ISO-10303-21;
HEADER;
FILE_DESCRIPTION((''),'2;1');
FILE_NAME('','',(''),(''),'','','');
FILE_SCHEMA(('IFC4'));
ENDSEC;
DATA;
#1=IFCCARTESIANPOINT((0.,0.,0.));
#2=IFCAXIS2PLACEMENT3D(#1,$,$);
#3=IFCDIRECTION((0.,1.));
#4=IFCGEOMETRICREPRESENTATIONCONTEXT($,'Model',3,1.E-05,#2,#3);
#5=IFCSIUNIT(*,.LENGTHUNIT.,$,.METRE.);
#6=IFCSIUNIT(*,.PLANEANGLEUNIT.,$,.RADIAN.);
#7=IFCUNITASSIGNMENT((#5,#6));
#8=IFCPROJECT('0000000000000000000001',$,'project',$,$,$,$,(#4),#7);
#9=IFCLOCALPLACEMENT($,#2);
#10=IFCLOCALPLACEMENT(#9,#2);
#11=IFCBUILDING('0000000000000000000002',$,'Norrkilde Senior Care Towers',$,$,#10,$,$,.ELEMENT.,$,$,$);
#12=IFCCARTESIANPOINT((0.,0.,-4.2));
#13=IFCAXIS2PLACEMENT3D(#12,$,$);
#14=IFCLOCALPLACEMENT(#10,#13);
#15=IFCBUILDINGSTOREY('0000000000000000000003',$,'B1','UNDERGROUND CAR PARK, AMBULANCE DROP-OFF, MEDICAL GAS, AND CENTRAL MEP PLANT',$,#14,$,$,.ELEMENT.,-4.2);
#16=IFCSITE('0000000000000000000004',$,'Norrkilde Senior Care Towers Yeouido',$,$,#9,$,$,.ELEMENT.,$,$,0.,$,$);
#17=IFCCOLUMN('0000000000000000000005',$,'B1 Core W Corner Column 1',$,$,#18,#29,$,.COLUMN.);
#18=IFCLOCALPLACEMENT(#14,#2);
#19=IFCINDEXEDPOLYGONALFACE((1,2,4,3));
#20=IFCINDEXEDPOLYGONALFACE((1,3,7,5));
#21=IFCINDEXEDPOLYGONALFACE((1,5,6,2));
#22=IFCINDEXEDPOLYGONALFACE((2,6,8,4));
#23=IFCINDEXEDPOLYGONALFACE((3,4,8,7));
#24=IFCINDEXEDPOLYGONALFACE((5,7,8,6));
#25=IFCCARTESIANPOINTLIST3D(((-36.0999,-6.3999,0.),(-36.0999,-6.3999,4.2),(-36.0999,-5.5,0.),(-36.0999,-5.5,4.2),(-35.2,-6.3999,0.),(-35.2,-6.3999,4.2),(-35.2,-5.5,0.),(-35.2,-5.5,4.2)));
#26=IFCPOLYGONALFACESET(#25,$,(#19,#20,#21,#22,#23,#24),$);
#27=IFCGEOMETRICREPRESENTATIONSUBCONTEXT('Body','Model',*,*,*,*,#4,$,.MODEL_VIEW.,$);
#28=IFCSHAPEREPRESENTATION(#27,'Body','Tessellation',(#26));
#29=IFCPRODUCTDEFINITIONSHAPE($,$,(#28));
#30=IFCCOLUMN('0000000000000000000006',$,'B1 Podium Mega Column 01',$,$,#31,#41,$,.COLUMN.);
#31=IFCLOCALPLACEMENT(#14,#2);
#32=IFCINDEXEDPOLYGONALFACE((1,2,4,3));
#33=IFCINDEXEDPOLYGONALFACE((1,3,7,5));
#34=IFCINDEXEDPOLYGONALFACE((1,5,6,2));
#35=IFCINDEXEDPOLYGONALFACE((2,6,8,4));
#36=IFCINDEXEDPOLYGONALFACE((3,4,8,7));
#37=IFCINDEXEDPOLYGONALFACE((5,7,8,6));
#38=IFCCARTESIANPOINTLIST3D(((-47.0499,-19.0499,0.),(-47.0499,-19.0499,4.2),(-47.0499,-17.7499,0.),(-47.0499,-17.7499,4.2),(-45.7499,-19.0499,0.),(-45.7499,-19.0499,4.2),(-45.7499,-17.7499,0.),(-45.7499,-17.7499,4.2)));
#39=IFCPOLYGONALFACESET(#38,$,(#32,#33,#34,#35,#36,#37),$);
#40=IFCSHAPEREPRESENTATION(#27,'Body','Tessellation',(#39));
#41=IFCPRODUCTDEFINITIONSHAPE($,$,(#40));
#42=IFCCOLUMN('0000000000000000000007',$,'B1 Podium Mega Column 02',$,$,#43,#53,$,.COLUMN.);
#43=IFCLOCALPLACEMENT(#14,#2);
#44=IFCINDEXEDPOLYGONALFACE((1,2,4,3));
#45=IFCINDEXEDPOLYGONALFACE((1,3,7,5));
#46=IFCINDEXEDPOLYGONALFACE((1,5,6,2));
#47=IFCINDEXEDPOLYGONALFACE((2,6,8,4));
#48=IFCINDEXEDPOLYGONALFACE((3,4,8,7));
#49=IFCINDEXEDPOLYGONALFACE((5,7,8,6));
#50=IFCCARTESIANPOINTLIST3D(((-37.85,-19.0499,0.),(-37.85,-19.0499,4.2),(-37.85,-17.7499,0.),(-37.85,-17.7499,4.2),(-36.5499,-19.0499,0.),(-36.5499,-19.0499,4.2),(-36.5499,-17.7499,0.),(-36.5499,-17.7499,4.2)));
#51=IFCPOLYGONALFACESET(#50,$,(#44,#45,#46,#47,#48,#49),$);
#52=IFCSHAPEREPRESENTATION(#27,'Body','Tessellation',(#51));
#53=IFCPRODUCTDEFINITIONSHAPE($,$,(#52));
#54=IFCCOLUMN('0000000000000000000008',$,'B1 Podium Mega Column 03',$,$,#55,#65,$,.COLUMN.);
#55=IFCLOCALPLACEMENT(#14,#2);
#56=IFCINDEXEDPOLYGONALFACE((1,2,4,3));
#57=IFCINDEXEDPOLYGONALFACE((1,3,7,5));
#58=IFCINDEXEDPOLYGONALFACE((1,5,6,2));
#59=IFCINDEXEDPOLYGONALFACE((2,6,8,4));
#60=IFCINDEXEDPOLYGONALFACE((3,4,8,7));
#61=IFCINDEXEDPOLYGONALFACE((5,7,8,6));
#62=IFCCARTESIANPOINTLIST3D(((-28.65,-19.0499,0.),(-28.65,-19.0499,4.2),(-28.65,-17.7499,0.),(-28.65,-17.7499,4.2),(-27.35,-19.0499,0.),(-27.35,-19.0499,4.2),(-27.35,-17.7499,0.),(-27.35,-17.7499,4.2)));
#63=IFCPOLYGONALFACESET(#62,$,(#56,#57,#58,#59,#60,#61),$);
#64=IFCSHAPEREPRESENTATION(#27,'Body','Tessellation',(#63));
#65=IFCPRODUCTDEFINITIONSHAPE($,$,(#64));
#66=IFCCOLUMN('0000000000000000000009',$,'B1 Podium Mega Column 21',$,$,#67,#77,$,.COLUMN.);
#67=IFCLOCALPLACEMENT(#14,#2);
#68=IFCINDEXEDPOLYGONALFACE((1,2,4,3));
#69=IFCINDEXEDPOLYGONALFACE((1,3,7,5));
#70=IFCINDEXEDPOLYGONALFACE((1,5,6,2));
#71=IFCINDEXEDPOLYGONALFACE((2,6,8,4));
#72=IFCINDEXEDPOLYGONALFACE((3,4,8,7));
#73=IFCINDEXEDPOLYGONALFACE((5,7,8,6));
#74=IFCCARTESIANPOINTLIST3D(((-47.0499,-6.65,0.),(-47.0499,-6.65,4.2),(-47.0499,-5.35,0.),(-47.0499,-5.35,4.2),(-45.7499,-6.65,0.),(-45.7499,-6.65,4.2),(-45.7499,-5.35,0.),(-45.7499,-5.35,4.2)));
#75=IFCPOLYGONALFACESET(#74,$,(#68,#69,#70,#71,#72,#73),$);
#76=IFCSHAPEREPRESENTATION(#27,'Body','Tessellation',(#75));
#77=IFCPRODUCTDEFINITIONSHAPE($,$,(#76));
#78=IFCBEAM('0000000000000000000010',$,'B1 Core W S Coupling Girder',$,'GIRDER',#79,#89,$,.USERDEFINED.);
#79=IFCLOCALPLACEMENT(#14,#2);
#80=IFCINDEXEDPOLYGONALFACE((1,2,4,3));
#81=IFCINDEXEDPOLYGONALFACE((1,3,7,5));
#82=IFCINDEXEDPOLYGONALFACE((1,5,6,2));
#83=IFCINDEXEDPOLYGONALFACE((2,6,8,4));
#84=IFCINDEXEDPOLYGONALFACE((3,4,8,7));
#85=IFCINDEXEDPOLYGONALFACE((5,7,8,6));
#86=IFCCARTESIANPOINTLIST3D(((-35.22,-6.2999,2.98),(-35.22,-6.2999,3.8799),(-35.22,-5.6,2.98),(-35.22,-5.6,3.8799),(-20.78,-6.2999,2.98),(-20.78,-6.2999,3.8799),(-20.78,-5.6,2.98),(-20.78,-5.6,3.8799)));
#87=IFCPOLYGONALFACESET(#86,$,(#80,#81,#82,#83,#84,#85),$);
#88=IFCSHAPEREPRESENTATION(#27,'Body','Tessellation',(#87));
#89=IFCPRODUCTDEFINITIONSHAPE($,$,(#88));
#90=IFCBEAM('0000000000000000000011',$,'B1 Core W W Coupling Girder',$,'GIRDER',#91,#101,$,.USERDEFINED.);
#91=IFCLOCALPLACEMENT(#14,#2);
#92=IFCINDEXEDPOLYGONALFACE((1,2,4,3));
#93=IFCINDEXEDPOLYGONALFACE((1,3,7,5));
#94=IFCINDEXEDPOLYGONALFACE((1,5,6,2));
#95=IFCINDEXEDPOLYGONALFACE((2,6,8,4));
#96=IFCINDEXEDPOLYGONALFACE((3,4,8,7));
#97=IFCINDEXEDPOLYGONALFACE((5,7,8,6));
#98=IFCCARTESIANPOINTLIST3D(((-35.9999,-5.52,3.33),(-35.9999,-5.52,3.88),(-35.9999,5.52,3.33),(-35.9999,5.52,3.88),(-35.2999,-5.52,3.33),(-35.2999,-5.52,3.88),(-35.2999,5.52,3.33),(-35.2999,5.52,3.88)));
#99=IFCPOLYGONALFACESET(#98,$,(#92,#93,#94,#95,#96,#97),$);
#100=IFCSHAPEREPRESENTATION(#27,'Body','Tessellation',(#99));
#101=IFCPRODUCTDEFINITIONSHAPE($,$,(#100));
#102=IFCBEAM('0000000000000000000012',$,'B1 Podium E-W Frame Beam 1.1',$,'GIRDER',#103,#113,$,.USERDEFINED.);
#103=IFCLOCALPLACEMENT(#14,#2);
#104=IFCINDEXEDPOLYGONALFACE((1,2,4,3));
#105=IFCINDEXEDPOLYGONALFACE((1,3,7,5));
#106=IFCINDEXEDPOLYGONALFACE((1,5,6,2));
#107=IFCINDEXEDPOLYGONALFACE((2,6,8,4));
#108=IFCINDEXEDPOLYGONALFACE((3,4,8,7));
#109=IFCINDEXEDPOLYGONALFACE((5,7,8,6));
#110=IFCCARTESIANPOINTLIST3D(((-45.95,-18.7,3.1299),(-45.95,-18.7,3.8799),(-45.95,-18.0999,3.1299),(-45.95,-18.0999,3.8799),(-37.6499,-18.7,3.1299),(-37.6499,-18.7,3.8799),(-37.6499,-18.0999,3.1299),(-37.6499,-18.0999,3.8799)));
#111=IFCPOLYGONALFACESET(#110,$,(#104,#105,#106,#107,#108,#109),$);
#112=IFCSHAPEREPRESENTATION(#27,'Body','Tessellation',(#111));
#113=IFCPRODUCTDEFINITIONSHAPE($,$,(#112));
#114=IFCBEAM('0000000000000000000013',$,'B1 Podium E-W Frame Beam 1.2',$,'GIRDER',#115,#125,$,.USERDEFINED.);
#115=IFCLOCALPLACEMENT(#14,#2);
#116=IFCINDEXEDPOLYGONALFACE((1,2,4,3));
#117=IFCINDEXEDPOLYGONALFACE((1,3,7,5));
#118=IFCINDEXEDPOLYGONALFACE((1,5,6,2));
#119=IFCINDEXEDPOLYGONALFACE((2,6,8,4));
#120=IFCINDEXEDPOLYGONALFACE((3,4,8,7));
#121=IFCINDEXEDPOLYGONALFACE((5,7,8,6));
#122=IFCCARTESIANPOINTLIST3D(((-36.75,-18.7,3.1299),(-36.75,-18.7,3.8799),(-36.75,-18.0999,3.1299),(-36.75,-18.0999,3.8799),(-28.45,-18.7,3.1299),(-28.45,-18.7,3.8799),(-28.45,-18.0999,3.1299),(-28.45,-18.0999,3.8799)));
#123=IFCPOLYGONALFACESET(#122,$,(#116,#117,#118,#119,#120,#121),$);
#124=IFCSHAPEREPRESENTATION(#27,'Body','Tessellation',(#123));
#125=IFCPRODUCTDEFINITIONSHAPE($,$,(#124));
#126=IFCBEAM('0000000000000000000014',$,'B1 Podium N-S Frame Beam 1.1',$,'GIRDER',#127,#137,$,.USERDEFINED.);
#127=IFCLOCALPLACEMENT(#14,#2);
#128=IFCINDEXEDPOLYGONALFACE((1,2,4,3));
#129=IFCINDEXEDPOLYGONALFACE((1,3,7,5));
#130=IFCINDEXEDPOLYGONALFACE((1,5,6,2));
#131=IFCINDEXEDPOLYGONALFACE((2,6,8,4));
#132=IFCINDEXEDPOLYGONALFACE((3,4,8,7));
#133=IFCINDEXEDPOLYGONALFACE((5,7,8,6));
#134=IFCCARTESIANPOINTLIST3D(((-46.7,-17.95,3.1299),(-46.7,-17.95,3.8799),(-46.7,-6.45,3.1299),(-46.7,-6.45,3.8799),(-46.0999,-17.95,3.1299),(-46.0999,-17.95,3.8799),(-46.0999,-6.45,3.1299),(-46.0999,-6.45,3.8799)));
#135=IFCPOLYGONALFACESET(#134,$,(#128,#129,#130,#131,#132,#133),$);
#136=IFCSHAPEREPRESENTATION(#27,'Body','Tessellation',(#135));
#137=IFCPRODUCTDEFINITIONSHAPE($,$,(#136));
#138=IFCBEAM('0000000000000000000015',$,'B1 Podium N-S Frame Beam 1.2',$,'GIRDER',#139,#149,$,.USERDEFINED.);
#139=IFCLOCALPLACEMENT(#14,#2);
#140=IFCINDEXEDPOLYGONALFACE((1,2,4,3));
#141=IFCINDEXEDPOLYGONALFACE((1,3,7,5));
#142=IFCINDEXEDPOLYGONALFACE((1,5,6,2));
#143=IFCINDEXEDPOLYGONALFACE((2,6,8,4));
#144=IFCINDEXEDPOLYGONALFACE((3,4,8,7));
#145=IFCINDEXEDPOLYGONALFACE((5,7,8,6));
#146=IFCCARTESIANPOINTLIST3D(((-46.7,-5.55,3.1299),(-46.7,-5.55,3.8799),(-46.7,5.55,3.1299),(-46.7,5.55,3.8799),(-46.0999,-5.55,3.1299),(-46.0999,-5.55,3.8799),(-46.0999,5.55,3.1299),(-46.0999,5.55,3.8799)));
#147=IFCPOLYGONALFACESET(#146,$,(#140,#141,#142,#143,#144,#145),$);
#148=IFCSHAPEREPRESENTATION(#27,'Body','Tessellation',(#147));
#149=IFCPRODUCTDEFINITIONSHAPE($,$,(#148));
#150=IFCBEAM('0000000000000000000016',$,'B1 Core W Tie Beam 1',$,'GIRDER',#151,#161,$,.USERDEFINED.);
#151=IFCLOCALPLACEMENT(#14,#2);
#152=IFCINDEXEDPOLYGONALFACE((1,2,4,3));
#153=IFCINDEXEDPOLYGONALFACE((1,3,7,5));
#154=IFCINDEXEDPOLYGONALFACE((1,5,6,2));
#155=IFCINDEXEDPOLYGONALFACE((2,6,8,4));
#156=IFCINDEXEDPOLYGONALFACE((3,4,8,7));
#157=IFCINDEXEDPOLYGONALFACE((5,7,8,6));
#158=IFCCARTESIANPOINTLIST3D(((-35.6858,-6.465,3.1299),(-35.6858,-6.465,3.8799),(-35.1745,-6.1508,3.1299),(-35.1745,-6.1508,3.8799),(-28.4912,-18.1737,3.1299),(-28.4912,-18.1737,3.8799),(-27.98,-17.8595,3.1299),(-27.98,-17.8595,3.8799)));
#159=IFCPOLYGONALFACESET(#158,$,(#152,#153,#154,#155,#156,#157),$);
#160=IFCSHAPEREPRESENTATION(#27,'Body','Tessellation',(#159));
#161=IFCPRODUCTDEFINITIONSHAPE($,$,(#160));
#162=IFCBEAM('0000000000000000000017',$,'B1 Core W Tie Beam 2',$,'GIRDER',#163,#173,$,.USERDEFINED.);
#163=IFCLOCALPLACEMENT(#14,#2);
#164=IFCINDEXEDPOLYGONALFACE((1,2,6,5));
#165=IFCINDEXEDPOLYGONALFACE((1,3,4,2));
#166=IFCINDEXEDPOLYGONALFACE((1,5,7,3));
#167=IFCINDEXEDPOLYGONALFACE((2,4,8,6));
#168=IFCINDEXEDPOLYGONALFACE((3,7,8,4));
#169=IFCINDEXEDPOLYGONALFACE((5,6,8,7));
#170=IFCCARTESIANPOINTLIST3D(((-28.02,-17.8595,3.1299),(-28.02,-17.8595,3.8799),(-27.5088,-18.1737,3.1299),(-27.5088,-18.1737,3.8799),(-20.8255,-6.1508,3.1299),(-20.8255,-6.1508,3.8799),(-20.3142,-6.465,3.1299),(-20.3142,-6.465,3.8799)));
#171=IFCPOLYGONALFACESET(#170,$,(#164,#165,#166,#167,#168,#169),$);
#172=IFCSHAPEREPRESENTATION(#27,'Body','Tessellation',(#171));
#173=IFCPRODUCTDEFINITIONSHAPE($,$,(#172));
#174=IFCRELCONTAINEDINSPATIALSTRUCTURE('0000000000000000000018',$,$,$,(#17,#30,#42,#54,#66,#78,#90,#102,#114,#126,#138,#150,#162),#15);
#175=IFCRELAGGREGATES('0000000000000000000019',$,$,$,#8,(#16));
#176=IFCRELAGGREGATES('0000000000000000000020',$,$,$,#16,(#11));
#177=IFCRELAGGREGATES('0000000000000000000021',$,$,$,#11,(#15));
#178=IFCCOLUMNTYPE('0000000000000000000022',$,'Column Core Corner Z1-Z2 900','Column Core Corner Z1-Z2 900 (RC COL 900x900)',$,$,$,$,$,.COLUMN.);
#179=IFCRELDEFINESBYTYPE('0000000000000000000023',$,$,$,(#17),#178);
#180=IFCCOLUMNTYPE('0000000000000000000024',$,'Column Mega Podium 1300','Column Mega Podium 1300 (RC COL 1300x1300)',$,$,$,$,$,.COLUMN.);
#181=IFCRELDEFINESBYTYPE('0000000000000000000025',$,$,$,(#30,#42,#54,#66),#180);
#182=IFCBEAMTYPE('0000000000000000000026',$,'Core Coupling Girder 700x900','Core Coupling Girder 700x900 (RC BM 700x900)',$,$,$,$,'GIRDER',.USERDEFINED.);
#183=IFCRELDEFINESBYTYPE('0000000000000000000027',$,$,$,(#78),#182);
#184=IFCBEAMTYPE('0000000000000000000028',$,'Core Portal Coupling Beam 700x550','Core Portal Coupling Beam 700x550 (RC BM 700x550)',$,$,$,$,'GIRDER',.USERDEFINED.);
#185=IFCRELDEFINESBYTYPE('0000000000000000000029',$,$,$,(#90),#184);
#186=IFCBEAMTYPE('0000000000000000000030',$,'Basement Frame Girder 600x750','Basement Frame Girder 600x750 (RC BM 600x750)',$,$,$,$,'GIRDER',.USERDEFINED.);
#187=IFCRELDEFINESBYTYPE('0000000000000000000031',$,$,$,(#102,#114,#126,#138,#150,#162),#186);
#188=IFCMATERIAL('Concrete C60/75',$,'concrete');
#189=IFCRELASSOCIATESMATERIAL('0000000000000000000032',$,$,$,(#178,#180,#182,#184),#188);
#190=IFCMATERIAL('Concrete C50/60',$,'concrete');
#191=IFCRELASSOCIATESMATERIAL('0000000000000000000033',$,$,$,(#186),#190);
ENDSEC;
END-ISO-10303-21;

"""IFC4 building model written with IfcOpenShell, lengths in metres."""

from ifc_helpers import new_model, si_unit, direction, frame, origin, origin_2d, place, context, subcontext, project, spatial, rectangle, extrude, source, transform, mapped, material, material_profile, profile_set, type_object, type_shapes, element, save


model = new_model("IFC4")

# Units and contexts
model_context = context("Model", 3, precision=1e-05, world=origin(), true_north=direction((0.0, 1.0)))
body_context = subcontext(model_context, "Body", "Model", "MODEL_VIEW")
ifc_project = project(units=[si_unit("LENGTHUNIT", "METRE"), si_unit("PLANEANGLEUNIT", "RADIAN")], contexts=[model_context])

# Site, building, storey
site_placement = place(None, origin())
site = spatial("IfcSite", under=ifc_project, at=site_placement, Name="Norrkilde Senior Care Towers Yeouido", CompositionType="ELEMENT", RefElevation=0.0)
building_placement = place(site_placement, origin())
building = spatial("IfcBuilding", under=site, at=building_placement, Name="Norrkilde Senior Care Towers", CompositionType="ELEMENT")
storey_placement = place(building_placement, frame((0.0, 0.0, -4.2)))
storey = spatial("IfcBuildingStorey", under=building, at=storey_placement, Name="B1", Description="UNDERGROUND CAR PARK, AMBULANCE DROP-OFF, MEDICAL GAS, AND CENTRAL MEP PLANT", CompositionType="ELEMENT", Elevation=-4.2)

# Columns
ifc_material_1 = material(Name="Concrete C60/75", Category="concrete")
ifc_material_profile_1 = material_profile(ifc_material_1, rectangle(XDim=0.8999, YDim=0.8999, at=origin_2d()), Name="RC COL 900x900")
ifc_profile_set_1 = profile_set([ifc_material_profile_1], Name="Concrete C60/75")
column_type_1 = type_object("IfcColumnType", Name="Column Core Corner Z1-Z2 900", Description="Column Core Corner Z1-Z2 900 (RC COL 900x900)", PredefinedType="COLUMN", material=ifc_profile_set_1)
shared_shape_1 = source(origin(), body_context, "Body", "SweptSolid", [
    extrude(rectangle(XDim=0.8999, YDim=0.8999, at=origin_2d()), origin(), (0.0, 0.0, 1.0), 4.2),
])
type_shapes(column_type_1, [shared_shape_1])
column_placement = place(storey_placement, frame((-35.6499, -5.95, 0.0), z_axis=(0.0, 0.0, 1.0), x_axis=(1.0, 0.0, 0.0)))
element("IfcColumn", 1, at=column_placement, inside=storey, type_object=column_type_1, Name="B1 Core W Corner Column 1", PredefinedType="COLUMN", context=body_context, shape_type="MappedRepresentation", body=[
    mapped(shared_shape_1, transform((0.0, 0.0, 0.0), x_axis=(1.0, 0.0, 0.0), y_axis=(0.0, 1.0, 0.0), z_axis=(0.0, 0.0, 1.0), scale=1.0)),
])
ifc_material_profile_2 = material_profile(ifc_material_1, rectangle(XDim=1.3, YDim=1.3, at=origin_2d()), Name="RC COL 1300x1300")
ifc_profile_set_2 = profile_set([ifc_material_profile_2], Name="Concrete C60/75")
column_type_2 = type_object("IfcColumnType", Name="Column Mega Podium 1300", Description="Column Mega Podium 1300 (RC COL 1300x1300)", PredefinedType="COLUMN", material=ifc_profile_set_2)
shared_shape_2 = source(origin(), body_context, "Body", "SweptSolid", [
    extrude(rectangle(XDim=1.3, YDim=1.3, at=origin_2d()), origin(), (0.0, 0.0, 1.0), 4.2),
])
type_shapes(column_type_2, [shared_shape_2])
for number, where, z_axis, x_axis, name in (
    (2, (-46.3999, -18.3999, 0.0), (0.0, 0.0, 1.0), (1.0, 0.0, 0.0), "B1 Podium Mega Column 01"),
    (3, (-37.2, -18.3999, 0.0), (0.0, 0.0, 1.0), (1.0, 0.0, 0.0), "B1 Podium Mega Column 02"),
    (4, (-28.0, -18.3999, 0.0), (0.0, 0.0, 1.0), (1.0, 0.0, 0.0), "B1 Podium Mega Column 03"),
    (5, (-46.3999, -6.0, 0.0), (0.0, 0.0, 1.0), (1.0, 0.0, 0.0), "B1 Podium Mega Column 21"),
):
    element("IfcColumn", number, at=place(storey_placement, frame(where, z_axis=z_axis, x_axis=x_axis)), inside=storey, type_object=column_type_2, Name=name, PredefinedType="COLUMN", context=body_context, shape_type="MappedRepresentation", body=[
        mapped(shared_shape_2, transform((0.0, 0.0, 0.0), x_axis=(1.0, 0.0, 0.0), y_axis=(0.0, 1.0, 0.0), z_axis=(0.0, 0.0, 1.0), scale=1.0)),
    ])

# Beams
ifc_material_profile_3 = material_profile(ifc_material_1, rectangle(XDim=0.7, YDim=0.8999, at=origin_2d()), Name="RC BM 700x900")
ifc_profile_set_3 = profile_set([ifc_material_profile_3], Name="Concrete C60/75")
beam_type_1 = type_object("IfcBeamType", Name="Core Coupling Girder 700x900", Description="Core Coupling Girder 700x900 (RC BM 700x900)", ElementType="GIRDER", PredefinedType="USERDEFINED", material=ifc_profile_set_3)
shared_shape_3 = source(origin(), body_context, "Body", "SweptSolid", [
    extrude(rectangle(XDim=0.7, YDim=0.8999, at=origin_2d()), origin(), (0.0, 0.0, 1.0), 14.4399),
])
type_shapes(beam_type_1, [shared_shape_3])
beam_1_placement = place(storey_placement, frame((-35.22, -5.95, 3.4299), z_axis=(1.0, 0.0, 0.0), x_axis=(0.0, 1.0, 0.0)))
element("IfcBeam", 6, at=beam_1_placement, inside=storey, type_object=beam_type_1, Name="B1 Core W S Coupling Girder", ObjectType="GIRDER", PredefinedType="USERDEFINED", context=body_context, shape_type="MappedRepresentation", body=[
    mapped(shared_shape_3, transform((0.0, 0.0, 0.0), x_axis=(1.0, 0.0, 0.0), y_axis=(0.0, 1.0, 0.0), z_axis=(0.0, 0.0, 1.0), scale=1.0)),
])
ifc_material_profile_4 = material_profile(ifc_material_1, rectangle(XDim=0.7, YDim=0.55, at=origin_2d()), Name="RC BM 700x550")
ifc_profile_set_4 = profile_set([ifc_material_profile_4], Name="Concrete C60/75")
beam_type_2 = type_object("IfcBeamType", Name="Core Portal Coupling Beam 700x550", Description="Core Portal Coupling Beam 700x550 (RC BM 700x550)", ElementType="GIRDER", PredefinedType="USERDEFINED", material=ifc_profile_set_4)
shared_shape_4 = source(origin(), body_context, "Body", "SweptSolid", [
    extrude(rectangle(XDim=0.7, YDim=0.55, at=origin_2d()), origin(), (0.0, 0.0, 1.0), 11.04),
])
type_shapes(beam_type_2, [shared_shape_4])
beam_2_placement = place(storey_placement, frame((-35.6499, -5.52, 3.605), z_axis=(0.0, 1.0, 0.0), x_axis=(-1.0, 0.0, 0.0)))
element("IfcBeam", 7, at=beam_2_placement, inside=storey, type_object=beam_type_2, Name="B1 Core W W Coupling Girder", ObjectType="GIRDER", PredefinedType="USERDEFINED", context=body_context, shape_type="MappedRepresentation", body=[
    mapped(shared_shape_4, transform((0.0, 0.0, 0.0), x_axis=(1.0, 0.0, 0.0), y_axis=(0.0, 1.0, 0.0), z_axis=(0.0, 0.0, 1.0), scale=1.0)),
])
ifc_material_2 = material(Name="Concrete C50/60", Category="concrete")
ifc_material_profile_5 = material_profile(ifc_material_2, rectangle(XDim=0.6001, YDim=0.75, at=origin_2d()), Name="RC BM 600x750")
ifc_profile_set_5 = profile_set([ifc_material_profile_5], Name="Concrete C50/60")
beam_type_3 = type_object("IfcBeamType", Name="Basement Frame Girder 600x750", Description="Basement Frame Girder 600x750 (RC BM 600x750)", ElementType="GIRDER", PredefinedType="USERDEFINED", material=ifc_profile_set_5)
shared_shape_5 = source(origin(), body_context, "Body", "SweptSolid", [
    extrude(rectangle(XDim=0.6001, YDim=0.75, at=origin_2d()), origin(), (0.0, 0.0, 1.0), 8.3),
])
for number, where, z_axis, x_axis, name in (
    (8, (-45.95, -18.3999, 3.5049), (1.0, 0.0, 0.0), (0.0, 1.0, 0.0), "B1 Podium E-W Frame Beam 1.1"),
    (9, (-36.75, -18.3999, 3.5049), (1.0, 0.0, 0.0), (0.0, 1.0, 0.0), "B1 Podium E-W Frame Beam 1.2"),
):
    element("IfcBeam", number, at=place(storey_placement, frame(where, z_axis=z_axis, x_axis=x_axis)), inside=storey, type_object=beam_type_3, Name=name, ObjectType="GIRDER", PredefinedType="USERDEFINED", context=body_context, shape_type="MappedRepresentation", body=[
        mapped(shared_shape_5, transform((0.0, 0.0, 0.0), x_axis=(1.0, 0.0, 0.0), y_axis=(0.0, 1.0, 0.0), z_axis=(0.0, 0.0, 1.0), scale=1.0)),
    ])
shared_shape_6 = source(origin(), body_context, "Body", "SweptSolid", [
    extrude(rectangle(XDim=0.6001, YDim=0.75, at=origin_2d()), origin(), (0.0, 0.0, 1.0), 11.5),
])
beam_3_placement = place(storey_placement, frame((-46.3999, -17.95, 3.5049), z_axis=(0.0, 1.0, 0.0), x_axis=(-1.0, 0.0, 0.0)))
element("IfcBeam", 10, at=beam_3_placement, inside=storey, type_object=beam_type_3, Name="B1 Podium N-S Frame Beam 1.1", ObjectType="GIRDER", PredefinedType="USERDEFINED", context=body_context, shape_type="MappedRepresentation", body=[
    mapped(shared_shape_6, transform((0.0, 0.0, 0.0), x_axis=(1.0, 0.0, 0.0), y_axis=(0.0, 1.0, 0.0), z_axis=(0.0, 0.0, 1.0), scale=1.0)),
])
shared_shape_7 = source(origin(), body_context, "Body", "SweptSolid", [
    extrude(rectangle(XDim=0.6001, YDim=0.75, at=origin_2d()), origin(), (0.0, 0.0, 1.0), 11.1001),
])
beam_4_placement = place(storey_placement, frame((-46.3999, -5.55, 3.5049), z_axis=(0.0, 1.0, 0.0), x_axis=(-1.0, 0.0, 0.0)))
element("IfcBeam", 11, at=beam_4_placement, inside=storey, type_object=beam_type_3, Name="B1 Podium N-S Frame Beam 1.2", ObjectType="GIRDER", PredefinedType="USERDEFINED", context=body_context, shape_type="MappedRepresentation", body=[
    mapped(shared_shape_7, transform((0.0, 0.0, 0.0), x_axis=(1.0, 0.0, 0.0), y_axis=(0.0, 1.0, 0.0), z_axis=(0.0, 0.0, 1.0), scale=1.0)),
])
shared_shape_8 = source(origin(), body_context, "Body", "SweptSolid", [
    extrude(rectangle(XDim=0.6001, YDim=0.75, at=origin_2d()), origin(), (0.0, 0.0, 1.0), 13.7424),
])
type_shapes(beam_type_3, [shared_shape_5, shared_shape_6, shared_shape_7, shared_shape_8])
for number, where, z_axis, x_axis, name in (
    (12, (-28.2356, -18.0166, 3.5049), (-0.523527, 0.852009, 0.0), (-0.852009, -0.523527, 0.0), "B1 Core W Tie Beam 1"),
    (13, (-27.7644, -18.0166, 3.5049), (0.523527, 0.852009, 0.0), (-0.852009, 0.523527, 0.0), "B1 Core W Tie Beam 2"),
):
    element("IfcBeam", number, at=place(storey_placement, frame(where, z_axis=z_axis, x_axis=x_axis)), inside=storey, type_object=beam_type_3, Name=name, ObjectType="GIRDER", PredefinedType="USERDEFINED", context=body_context, shape_type="MappedRepresentation", body=[
        mapped(shared_shape_8, transform((0.0, 0.0, 0.0), x_axis=(1.0, 0.0, 0.0), y_axis=(0.0, 1.0, 0.0), z_axis=(0.0, 0.0, 1.0), scale=1.0)),
    ])

save(model, "model.ifc")
